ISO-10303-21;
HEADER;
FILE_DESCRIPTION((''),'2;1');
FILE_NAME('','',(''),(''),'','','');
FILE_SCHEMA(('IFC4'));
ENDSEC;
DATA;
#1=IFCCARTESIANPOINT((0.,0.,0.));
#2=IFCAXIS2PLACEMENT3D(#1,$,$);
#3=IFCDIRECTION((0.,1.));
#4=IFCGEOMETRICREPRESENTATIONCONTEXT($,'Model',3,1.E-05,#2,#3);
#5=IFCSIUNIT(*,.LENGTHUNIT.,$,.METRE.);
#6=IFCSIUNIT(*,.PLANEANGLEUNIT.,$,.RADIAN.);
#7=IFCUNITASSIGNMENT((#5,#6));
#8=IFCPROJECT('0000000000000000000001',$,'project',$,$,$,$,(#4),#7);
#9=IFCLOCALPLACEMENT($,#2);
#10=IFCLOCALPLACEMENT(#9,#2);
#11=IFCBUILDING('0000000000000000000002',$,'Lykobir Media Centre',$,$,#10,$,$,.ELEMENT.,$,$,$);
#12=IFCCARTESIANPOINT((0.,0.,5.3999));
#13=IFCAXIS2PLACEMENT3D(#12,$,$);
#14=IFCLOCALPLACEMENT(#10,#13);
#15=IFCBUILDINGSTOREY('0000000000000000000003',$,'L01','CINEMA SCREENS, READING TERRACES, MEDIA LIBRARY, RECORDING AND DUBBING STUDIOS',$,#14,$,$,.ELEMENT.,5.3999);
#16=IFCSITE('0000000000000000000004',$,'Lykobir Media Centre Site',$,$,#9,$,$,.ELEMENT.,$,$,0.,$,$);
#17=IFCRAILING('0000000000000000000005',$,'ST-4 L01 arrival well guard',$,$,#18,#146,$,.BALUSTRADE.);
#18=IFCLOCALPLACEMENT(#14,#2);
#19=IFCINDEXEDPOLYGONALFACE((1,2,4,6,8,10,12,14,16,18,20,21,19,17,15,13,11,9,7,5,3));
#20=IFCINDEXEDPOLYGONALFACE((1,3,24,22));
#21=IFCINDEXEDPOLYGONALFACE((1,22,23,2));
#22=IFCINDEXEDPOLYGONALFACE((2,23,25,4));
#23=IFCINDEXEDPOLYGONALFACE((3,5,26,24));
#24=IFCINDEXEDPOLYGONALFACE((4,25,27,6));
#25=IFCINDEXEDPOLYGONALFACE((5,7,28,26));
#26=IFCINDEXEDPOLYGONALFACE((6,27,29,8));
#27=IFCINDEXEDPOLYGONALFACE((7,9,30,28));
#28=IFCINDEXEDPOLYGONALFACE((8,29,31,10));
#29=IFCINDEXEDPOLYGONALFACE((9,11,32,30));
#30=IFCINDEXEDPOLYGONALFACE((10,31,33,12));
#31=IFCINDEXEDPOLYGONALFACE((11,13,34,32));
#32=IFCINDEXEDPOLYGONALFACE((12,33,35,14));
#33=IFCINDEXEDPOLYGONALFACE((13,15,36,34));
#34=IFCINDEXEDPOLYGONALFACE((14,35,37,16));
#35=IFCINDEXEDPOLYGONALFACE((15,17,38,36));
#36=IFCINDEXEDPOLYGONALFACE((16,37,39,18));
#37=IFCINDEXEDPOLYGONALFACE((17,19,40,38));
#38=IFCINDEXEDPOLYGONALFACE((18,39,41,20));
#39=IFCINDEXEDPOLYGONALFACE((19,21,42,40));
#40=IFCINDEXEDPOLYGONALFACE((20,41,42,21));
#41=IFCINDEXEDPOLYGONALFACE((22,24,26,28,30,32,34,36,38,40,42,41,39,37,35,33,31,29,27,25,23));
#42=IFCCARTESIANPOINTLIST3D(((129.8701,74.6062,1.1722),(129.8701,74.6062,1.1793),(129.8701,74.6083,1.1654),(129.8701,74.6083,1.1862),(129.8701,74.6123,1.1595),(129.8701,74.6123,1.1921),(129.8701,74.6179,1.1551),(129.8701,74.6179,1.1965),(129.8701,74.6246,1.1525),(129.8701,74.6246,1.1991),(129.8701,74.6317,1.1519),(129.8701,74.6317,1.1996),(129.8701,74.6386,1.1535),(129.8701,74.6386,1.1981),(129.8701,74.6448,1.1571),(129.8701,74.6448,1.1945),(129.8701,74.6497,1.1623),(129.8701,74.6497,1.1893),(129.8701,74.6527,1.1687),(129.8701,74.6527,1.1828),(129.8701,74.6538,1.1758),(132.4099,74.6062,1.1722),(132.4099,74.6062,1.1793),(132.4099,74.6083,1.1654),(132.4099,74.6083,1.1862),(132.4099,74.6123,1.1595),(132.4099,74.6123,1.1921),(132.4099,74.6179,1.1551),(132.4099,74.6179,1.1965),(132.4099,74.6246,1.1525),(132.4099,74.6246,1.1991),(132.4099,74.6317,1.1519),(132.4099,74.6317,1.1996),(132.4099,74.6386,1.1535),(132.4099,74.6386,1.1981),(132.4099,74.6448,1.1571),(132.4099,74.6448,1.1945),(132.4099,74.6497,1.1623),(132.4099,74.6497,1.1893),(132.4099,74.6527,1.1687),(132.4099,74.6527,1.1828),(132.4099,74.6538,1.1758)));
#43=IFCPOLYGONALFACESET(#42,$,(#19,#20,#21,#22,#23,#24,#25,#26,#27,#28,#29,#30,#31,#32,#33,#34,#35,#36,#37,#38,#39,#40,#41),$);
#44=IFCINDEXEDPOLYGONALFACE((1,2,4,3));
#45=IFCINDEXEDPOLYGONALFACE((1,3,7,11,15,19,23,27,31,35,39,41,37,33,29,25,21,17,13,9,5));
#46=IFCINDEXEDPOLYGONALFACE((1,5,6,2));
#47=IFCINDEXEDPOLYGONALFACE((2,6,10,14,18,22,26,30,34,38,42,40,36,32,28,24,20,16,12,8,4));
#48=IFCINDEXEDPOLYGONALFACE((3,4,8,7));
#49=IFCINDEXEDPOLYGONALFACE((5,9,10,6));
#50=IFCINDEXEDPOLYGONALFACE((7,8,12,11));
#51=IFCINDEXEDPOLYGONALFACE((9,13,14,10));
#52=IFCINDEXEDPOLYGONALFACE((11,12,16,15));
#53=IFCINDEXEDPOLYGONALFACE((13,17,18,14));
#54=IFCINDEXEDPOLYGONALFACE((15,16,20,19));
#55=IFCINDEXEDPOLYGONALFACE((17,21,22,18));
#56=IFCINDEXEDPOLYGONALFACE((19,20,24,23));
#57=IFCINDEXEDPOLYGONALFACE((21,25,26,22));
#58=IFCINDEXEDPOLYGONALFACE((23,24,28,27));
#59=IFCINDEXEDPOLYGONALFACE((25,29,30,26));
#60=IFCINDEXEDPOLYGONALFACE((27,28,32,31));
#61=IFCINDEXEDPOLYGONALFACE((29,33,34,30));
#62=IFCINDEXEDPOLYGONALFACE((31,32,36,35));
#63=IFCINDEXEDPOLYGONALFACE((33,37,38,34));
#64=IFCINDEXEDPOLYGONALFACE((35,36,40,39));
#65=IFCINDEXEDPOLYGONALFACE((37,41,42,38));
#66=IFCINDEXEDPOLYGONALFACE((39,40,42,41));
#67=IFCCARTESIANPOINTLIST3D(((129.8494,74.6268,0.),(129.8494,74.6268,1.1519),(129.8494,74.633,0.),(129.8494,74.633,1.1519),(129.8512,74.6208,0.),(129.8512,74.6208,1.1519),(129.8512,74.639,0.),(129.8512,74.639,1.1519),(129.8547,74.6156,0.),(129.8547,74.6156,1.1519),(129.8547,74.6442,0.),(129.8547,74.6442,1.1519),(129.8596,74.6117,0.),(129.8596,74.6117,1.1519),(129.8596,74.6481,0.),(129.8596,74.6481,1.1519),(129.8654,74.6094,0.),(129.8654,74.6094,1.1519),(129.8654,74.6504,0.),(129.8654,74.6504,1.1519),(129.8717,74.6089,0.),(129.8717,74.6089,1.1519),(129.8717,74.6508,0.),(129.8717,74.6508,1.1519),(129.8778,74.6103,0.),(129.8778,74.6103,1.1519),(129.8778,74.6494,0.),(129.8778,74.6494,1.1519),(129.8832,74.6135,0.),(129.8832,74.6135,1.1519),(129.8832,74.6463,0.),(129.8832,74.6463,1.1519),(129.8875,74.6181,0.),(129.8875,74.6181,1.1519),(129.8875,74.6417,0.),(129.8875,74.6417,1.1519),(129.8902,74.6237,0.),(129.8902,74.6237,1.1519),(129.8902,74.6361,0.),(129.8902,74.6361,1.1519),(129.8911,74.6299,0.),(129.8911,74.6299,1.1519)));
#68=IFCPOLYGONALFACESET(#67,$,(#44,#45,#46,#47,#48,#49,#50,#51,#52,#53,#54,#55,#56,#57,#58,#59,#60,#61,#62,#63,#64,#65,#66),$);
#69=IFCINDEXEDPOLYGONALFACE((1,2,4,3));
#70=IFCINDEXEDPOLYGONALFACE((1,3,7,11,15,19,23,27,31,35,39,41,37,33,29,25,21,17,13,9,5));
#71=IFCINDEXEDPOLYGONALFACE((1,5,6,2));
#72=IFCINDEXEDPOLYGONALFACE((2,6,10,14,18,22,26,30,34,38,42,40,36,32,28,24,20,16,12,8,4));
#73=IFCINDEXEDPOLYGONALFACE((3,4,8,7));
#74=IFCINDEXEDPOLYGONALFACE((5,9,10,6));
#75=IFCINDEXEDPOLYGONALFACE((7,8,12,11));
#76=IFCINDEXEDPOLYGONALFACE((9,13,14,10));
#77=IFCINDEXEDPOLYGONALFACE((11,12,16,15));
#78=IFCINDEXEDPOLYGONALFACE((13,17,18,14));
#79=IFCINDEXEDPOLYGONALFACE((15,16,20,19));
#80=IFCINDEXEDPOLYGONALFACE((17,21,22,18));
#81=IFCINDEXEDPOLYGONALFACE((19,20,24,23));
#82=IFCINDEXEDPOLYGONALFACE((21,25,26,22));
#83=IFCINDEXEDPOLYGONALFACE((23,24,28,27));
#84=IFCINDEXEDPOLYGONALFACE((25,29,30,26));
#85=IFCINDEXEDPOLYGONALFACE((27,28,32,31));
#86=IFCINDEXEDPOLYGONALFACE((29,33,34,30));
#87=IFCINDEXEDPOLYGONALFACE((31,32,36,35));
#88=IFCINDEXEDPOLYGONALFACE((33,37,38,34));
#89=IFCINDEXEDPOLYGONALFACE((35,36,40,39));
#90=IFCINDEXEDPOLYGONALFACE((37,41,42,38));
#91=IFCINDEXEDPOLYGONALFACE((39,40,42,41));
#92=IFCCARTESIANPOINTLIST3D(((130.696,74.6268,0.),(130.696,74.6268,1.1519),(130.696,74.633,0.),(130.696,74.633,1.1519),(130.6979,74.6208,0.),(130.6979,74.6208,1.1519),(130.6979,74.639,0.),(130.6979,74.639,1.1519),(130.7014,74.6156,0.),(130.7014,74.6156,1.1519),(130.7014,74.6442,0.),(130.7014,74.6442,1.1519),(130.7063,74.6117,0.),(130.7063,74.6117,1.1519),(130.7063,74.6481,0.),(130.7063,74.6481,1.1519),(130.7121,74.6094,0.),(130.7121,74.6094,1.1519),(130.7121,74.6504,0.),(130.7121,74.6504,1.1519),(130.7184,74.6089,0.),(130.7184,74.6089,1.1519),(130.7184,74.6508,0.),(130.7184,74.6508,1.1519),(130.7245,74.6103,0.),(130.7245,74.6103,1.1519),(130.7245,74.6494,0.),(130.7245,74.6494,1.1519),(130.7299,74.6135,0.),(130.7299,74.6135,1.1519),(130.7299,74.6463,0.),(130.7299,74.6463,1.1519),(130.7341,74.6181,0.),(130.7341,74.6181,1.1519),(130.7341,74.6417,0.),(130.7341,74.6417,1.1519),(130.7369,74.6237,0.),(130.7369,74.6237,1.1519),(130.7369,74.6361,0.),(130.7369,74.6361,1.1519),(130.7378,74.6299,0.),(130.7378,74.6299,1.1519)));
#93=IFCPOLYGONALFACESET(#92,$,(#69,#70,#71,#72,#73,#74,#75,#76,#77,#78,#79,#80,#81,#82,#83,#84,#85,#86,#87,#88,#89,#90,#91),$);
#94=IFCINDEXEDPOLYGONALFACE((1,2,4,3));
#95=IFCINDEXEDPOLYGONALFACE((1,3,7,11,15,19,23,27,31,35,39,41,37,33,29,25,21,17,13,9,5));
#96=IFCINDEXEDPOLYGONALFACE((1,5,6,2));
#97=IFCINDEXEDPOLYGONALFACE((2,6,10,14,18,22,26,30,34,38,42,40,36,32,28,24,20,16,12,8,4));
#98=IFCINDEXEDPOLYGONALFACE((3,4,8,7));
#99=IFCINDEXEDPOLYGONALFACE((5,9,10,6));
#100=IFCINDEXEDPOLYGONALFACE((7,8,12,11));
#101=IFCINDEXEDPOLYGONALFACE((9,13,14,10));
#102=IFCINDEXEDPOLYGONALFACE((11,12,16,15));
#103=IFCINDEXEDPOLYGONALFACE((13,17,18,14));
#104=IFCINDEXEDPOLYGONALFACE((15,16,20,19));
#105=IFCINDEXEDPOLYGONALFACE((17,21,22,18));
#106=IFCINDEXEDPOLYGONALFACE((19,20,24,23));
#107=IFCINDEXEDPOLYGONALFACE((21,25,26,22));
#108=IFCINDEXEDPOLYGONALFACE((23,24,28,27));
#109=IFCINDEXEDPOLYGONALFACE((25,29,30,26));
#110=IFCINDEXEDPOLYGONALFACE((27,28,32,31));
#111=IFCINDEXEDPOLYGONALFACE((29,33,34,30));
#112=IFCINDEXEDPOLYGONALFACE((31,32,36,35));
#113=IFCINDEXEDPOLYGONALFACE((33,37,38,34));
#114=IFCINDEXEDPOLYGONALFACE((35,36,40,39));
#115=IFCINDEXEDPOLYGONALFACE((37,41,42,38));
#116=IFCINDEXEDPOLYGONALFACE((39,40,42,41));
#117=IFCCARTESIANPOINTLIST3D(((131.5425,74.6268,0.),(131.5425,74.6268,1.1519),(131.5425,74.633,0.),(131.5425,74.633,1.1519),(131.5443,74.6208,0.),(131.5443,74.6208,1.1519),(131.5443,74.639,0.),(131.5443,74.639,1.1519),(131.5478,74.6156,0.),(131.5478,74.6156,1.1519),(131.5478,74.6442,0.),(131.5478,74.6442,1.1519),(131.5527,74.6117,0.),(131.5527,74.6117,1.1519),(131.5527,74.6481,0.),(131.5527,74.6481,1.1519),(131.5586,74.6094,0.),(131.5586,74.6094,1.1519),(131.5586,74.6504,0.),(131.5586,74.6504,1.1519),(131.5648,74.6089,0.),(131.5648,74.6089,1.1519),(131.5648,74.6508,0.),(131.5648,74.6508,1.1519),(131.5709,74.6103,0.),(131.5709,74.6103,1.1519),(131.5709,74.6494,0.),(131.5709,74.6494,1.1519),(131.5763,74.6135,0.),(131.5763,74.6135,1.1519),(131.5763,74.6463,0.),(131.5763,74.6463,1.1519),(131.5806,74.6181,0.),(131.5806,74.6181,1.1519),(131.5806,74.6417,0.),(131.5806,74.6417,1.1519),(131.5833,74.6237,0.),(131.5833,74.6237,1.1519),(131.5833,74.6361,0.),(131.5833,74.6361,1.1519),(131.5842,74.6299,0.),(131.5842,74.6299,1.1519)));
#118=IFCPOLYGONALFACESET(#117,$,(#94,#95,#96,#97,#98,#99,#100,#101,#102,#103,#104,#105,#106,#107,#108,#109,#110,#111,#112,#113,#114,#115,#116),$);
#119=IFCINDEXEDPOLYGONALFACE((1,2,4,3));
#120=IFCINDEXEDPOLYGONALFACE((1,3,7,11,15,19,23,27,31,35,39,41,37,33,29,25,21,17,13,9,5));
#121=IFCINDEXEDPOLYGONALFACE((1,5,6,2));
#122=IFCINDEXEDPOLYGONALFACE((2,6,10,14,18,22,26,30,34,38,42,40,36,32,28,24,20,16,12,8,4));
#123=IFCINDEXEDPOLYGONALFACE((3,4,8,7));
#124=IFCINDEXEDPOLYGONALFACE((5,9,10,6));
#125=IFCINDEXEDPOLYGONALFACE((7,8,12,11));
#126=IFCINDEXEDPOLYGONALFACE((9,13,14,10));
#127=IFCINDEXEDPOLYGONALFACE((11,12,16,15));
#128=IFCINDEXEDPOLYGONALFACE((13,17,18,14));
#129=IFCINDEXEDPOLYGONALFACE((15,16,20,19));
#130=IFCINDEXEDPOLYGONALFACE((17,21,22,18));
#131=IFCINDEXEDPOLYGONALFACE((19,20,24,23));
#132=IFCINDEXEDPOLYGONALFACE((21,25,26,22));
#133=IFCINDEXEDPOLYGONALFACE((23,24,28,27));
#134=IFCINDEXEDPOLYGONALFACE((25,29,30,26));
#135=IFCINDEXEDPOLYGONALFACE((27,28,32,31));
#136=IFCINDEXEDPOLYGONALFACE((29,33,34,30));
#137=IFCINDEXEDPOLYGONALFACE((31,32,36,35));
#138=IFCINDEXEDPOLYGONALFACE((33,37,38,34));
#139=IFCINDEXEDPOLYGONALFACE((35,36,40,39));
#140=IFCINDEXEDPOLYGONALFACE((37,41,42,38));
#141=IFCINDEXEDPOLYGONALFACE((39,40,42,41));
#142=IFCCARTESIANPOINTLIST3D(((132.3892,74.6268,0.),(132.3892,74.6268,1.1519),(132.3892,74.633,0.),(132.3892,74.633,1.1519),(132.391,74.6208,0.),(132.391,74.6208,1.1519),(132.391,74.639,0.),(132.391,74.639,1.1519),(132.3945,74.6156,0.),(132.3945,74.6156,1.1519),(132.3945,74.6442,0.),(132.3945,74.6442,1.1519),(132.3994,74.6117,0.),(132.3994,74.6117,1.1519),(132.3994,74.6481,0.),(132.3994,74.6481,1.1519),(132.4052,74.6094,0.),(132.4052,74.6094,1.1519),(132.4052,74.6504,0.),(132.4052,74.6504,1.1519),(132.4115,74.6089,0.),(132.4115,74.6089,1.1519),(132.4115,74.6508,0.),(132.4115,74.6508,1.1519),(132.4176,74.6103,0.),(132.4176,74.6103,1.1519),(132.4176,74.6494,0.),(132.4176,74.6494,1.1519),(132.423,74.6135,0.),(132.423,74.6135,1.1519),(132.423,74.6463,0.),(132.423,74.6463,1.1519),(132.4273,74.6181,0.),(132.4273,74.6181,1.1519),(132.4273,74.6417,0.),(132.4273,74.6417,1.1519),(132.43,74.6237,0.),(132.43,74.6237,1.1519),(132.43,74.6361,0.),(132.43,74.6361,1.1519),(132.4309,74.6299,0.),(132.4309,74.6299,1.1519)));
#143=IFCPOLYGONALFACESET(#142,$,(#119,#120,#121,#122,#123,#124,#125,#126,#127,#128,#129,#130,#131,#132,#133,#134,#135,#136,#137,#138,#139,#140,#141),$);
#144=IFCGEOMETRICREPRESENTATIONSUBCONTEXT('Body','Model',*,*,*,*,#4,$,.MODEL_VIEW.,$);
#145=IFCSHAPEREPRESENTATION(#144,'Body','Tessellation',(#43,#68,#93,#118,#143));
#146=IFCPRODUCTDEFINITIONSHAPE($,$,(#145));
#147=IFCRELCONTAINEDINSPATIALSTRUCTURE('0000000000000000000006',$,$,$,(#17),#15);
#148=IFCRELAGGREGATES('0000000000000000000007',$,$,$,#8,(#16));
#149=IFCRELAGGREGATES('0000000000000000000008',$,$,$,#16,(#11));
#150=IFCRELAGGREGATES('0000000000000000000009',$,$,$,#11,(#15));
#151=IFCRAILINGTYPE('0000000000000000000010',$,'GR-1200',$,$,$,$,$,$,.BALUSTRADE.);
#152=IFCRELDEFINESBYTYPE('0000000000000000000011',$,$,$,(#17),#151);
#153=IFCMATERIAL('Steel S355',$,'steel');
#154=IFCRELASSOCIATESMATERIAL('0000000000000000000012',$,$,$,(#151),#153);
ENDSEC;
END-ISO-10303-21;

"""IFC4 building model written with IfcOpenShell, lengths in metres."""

from ifc_helpers import new_model, si_unit, direction, frame, origin, origin_2d, place, context, subcontext, project, spatial, circle, extrude, material, type_object, element, save


model = new_model("IFC4")

# Units and contexts
model_context = context("Model", 3, precision=1e-05, world=origin(), true_north=direction((0.0, 1.0)))
body_context = subcontext(model_context, "Body", "Model", "MODEL_VIEW")
ifc_project = project(units=[si_unit("LENGTHUNIT", "METRE"), si_unit("PLANEANGLEUNIT", "RADIAN")], contexts=[model_context])

# Site, building, storey
site_placement = place(None, origin())
site = spatial("IfcSite", under=ifc_project, at=site_placement, Name="Lykobir Media Centre Site", CompositionType="ELEMENT", RefElevation=0.0)
building_placement = place(site_placement, origin())
building = spatial("IfcBuilding", under=site, at=building_placement, Name="Lykobir Media Centre", CompositionType="ELEMENT")
storey_placement = place(building_placement, frame((0.0, 0.0, 5.3999)))
storey = spatial("IfcBuildingStorey", under=building, at=storey_placement, Name="L01", Description="CINEMA SCREENS, READING TERRACES, MEDIA LIBRARY, RECORDING AND DUBBING STUDIOS", CompositionType="ELEMENT", Elevation=5.3999)

# Shared definitions
ifc_material_1 = material(Name="Steel S355", Category="steel")

# Railing
railing_type = type_object("IfcRailingType", Name="GR-1200", PredefinedType="BALUSTRADE", material=ifc_material_1)
railing_1_placement = place(storey_placement, frame((129.8701, 74.6299, 0.0)))
element("IfcRailing", 1, at=railing_1_placement, inside=storey, type_object=railing_type, Name="ST-4 L01 arrival well guard", PredefinedType="BALUSTRADE", context=body_context, shape_type="SweptSolid", body=[
    extrude(circle(Radius=0.0239, at=origin_2d()), frame((0.0, 0.0, 1.1758), z_axis=(1.0, 0.0, 0.0), x_axis=(0.0, 1.0, 0.0)), (0.0, 0.0, 1.0), 2.5398),
    extrude(circle(Radius=0.021, at=origin_2d()), origin(), (0.0, 0.0, 1.0), 1.1519),
    extrude(circle(Radius=0.021, at=origin_2d()), frame((0.8467, 0.0, 0.0)), (0.0, 0.0, 1.0), 1.1519),
    extrude(circle(Radius=0.021, at=origin_2d()), frame((1.6931, 0.0, 0.0)), (0.0, 0.0, 1.0), 1.1519),
    extrude(circle(Radius=0.021, at=origin_2d()), frame((2.5398, 0.0, 0.0)), (0.0, 0.0, 1.0), 1.1519),
])

save(model, "model.ifc")
